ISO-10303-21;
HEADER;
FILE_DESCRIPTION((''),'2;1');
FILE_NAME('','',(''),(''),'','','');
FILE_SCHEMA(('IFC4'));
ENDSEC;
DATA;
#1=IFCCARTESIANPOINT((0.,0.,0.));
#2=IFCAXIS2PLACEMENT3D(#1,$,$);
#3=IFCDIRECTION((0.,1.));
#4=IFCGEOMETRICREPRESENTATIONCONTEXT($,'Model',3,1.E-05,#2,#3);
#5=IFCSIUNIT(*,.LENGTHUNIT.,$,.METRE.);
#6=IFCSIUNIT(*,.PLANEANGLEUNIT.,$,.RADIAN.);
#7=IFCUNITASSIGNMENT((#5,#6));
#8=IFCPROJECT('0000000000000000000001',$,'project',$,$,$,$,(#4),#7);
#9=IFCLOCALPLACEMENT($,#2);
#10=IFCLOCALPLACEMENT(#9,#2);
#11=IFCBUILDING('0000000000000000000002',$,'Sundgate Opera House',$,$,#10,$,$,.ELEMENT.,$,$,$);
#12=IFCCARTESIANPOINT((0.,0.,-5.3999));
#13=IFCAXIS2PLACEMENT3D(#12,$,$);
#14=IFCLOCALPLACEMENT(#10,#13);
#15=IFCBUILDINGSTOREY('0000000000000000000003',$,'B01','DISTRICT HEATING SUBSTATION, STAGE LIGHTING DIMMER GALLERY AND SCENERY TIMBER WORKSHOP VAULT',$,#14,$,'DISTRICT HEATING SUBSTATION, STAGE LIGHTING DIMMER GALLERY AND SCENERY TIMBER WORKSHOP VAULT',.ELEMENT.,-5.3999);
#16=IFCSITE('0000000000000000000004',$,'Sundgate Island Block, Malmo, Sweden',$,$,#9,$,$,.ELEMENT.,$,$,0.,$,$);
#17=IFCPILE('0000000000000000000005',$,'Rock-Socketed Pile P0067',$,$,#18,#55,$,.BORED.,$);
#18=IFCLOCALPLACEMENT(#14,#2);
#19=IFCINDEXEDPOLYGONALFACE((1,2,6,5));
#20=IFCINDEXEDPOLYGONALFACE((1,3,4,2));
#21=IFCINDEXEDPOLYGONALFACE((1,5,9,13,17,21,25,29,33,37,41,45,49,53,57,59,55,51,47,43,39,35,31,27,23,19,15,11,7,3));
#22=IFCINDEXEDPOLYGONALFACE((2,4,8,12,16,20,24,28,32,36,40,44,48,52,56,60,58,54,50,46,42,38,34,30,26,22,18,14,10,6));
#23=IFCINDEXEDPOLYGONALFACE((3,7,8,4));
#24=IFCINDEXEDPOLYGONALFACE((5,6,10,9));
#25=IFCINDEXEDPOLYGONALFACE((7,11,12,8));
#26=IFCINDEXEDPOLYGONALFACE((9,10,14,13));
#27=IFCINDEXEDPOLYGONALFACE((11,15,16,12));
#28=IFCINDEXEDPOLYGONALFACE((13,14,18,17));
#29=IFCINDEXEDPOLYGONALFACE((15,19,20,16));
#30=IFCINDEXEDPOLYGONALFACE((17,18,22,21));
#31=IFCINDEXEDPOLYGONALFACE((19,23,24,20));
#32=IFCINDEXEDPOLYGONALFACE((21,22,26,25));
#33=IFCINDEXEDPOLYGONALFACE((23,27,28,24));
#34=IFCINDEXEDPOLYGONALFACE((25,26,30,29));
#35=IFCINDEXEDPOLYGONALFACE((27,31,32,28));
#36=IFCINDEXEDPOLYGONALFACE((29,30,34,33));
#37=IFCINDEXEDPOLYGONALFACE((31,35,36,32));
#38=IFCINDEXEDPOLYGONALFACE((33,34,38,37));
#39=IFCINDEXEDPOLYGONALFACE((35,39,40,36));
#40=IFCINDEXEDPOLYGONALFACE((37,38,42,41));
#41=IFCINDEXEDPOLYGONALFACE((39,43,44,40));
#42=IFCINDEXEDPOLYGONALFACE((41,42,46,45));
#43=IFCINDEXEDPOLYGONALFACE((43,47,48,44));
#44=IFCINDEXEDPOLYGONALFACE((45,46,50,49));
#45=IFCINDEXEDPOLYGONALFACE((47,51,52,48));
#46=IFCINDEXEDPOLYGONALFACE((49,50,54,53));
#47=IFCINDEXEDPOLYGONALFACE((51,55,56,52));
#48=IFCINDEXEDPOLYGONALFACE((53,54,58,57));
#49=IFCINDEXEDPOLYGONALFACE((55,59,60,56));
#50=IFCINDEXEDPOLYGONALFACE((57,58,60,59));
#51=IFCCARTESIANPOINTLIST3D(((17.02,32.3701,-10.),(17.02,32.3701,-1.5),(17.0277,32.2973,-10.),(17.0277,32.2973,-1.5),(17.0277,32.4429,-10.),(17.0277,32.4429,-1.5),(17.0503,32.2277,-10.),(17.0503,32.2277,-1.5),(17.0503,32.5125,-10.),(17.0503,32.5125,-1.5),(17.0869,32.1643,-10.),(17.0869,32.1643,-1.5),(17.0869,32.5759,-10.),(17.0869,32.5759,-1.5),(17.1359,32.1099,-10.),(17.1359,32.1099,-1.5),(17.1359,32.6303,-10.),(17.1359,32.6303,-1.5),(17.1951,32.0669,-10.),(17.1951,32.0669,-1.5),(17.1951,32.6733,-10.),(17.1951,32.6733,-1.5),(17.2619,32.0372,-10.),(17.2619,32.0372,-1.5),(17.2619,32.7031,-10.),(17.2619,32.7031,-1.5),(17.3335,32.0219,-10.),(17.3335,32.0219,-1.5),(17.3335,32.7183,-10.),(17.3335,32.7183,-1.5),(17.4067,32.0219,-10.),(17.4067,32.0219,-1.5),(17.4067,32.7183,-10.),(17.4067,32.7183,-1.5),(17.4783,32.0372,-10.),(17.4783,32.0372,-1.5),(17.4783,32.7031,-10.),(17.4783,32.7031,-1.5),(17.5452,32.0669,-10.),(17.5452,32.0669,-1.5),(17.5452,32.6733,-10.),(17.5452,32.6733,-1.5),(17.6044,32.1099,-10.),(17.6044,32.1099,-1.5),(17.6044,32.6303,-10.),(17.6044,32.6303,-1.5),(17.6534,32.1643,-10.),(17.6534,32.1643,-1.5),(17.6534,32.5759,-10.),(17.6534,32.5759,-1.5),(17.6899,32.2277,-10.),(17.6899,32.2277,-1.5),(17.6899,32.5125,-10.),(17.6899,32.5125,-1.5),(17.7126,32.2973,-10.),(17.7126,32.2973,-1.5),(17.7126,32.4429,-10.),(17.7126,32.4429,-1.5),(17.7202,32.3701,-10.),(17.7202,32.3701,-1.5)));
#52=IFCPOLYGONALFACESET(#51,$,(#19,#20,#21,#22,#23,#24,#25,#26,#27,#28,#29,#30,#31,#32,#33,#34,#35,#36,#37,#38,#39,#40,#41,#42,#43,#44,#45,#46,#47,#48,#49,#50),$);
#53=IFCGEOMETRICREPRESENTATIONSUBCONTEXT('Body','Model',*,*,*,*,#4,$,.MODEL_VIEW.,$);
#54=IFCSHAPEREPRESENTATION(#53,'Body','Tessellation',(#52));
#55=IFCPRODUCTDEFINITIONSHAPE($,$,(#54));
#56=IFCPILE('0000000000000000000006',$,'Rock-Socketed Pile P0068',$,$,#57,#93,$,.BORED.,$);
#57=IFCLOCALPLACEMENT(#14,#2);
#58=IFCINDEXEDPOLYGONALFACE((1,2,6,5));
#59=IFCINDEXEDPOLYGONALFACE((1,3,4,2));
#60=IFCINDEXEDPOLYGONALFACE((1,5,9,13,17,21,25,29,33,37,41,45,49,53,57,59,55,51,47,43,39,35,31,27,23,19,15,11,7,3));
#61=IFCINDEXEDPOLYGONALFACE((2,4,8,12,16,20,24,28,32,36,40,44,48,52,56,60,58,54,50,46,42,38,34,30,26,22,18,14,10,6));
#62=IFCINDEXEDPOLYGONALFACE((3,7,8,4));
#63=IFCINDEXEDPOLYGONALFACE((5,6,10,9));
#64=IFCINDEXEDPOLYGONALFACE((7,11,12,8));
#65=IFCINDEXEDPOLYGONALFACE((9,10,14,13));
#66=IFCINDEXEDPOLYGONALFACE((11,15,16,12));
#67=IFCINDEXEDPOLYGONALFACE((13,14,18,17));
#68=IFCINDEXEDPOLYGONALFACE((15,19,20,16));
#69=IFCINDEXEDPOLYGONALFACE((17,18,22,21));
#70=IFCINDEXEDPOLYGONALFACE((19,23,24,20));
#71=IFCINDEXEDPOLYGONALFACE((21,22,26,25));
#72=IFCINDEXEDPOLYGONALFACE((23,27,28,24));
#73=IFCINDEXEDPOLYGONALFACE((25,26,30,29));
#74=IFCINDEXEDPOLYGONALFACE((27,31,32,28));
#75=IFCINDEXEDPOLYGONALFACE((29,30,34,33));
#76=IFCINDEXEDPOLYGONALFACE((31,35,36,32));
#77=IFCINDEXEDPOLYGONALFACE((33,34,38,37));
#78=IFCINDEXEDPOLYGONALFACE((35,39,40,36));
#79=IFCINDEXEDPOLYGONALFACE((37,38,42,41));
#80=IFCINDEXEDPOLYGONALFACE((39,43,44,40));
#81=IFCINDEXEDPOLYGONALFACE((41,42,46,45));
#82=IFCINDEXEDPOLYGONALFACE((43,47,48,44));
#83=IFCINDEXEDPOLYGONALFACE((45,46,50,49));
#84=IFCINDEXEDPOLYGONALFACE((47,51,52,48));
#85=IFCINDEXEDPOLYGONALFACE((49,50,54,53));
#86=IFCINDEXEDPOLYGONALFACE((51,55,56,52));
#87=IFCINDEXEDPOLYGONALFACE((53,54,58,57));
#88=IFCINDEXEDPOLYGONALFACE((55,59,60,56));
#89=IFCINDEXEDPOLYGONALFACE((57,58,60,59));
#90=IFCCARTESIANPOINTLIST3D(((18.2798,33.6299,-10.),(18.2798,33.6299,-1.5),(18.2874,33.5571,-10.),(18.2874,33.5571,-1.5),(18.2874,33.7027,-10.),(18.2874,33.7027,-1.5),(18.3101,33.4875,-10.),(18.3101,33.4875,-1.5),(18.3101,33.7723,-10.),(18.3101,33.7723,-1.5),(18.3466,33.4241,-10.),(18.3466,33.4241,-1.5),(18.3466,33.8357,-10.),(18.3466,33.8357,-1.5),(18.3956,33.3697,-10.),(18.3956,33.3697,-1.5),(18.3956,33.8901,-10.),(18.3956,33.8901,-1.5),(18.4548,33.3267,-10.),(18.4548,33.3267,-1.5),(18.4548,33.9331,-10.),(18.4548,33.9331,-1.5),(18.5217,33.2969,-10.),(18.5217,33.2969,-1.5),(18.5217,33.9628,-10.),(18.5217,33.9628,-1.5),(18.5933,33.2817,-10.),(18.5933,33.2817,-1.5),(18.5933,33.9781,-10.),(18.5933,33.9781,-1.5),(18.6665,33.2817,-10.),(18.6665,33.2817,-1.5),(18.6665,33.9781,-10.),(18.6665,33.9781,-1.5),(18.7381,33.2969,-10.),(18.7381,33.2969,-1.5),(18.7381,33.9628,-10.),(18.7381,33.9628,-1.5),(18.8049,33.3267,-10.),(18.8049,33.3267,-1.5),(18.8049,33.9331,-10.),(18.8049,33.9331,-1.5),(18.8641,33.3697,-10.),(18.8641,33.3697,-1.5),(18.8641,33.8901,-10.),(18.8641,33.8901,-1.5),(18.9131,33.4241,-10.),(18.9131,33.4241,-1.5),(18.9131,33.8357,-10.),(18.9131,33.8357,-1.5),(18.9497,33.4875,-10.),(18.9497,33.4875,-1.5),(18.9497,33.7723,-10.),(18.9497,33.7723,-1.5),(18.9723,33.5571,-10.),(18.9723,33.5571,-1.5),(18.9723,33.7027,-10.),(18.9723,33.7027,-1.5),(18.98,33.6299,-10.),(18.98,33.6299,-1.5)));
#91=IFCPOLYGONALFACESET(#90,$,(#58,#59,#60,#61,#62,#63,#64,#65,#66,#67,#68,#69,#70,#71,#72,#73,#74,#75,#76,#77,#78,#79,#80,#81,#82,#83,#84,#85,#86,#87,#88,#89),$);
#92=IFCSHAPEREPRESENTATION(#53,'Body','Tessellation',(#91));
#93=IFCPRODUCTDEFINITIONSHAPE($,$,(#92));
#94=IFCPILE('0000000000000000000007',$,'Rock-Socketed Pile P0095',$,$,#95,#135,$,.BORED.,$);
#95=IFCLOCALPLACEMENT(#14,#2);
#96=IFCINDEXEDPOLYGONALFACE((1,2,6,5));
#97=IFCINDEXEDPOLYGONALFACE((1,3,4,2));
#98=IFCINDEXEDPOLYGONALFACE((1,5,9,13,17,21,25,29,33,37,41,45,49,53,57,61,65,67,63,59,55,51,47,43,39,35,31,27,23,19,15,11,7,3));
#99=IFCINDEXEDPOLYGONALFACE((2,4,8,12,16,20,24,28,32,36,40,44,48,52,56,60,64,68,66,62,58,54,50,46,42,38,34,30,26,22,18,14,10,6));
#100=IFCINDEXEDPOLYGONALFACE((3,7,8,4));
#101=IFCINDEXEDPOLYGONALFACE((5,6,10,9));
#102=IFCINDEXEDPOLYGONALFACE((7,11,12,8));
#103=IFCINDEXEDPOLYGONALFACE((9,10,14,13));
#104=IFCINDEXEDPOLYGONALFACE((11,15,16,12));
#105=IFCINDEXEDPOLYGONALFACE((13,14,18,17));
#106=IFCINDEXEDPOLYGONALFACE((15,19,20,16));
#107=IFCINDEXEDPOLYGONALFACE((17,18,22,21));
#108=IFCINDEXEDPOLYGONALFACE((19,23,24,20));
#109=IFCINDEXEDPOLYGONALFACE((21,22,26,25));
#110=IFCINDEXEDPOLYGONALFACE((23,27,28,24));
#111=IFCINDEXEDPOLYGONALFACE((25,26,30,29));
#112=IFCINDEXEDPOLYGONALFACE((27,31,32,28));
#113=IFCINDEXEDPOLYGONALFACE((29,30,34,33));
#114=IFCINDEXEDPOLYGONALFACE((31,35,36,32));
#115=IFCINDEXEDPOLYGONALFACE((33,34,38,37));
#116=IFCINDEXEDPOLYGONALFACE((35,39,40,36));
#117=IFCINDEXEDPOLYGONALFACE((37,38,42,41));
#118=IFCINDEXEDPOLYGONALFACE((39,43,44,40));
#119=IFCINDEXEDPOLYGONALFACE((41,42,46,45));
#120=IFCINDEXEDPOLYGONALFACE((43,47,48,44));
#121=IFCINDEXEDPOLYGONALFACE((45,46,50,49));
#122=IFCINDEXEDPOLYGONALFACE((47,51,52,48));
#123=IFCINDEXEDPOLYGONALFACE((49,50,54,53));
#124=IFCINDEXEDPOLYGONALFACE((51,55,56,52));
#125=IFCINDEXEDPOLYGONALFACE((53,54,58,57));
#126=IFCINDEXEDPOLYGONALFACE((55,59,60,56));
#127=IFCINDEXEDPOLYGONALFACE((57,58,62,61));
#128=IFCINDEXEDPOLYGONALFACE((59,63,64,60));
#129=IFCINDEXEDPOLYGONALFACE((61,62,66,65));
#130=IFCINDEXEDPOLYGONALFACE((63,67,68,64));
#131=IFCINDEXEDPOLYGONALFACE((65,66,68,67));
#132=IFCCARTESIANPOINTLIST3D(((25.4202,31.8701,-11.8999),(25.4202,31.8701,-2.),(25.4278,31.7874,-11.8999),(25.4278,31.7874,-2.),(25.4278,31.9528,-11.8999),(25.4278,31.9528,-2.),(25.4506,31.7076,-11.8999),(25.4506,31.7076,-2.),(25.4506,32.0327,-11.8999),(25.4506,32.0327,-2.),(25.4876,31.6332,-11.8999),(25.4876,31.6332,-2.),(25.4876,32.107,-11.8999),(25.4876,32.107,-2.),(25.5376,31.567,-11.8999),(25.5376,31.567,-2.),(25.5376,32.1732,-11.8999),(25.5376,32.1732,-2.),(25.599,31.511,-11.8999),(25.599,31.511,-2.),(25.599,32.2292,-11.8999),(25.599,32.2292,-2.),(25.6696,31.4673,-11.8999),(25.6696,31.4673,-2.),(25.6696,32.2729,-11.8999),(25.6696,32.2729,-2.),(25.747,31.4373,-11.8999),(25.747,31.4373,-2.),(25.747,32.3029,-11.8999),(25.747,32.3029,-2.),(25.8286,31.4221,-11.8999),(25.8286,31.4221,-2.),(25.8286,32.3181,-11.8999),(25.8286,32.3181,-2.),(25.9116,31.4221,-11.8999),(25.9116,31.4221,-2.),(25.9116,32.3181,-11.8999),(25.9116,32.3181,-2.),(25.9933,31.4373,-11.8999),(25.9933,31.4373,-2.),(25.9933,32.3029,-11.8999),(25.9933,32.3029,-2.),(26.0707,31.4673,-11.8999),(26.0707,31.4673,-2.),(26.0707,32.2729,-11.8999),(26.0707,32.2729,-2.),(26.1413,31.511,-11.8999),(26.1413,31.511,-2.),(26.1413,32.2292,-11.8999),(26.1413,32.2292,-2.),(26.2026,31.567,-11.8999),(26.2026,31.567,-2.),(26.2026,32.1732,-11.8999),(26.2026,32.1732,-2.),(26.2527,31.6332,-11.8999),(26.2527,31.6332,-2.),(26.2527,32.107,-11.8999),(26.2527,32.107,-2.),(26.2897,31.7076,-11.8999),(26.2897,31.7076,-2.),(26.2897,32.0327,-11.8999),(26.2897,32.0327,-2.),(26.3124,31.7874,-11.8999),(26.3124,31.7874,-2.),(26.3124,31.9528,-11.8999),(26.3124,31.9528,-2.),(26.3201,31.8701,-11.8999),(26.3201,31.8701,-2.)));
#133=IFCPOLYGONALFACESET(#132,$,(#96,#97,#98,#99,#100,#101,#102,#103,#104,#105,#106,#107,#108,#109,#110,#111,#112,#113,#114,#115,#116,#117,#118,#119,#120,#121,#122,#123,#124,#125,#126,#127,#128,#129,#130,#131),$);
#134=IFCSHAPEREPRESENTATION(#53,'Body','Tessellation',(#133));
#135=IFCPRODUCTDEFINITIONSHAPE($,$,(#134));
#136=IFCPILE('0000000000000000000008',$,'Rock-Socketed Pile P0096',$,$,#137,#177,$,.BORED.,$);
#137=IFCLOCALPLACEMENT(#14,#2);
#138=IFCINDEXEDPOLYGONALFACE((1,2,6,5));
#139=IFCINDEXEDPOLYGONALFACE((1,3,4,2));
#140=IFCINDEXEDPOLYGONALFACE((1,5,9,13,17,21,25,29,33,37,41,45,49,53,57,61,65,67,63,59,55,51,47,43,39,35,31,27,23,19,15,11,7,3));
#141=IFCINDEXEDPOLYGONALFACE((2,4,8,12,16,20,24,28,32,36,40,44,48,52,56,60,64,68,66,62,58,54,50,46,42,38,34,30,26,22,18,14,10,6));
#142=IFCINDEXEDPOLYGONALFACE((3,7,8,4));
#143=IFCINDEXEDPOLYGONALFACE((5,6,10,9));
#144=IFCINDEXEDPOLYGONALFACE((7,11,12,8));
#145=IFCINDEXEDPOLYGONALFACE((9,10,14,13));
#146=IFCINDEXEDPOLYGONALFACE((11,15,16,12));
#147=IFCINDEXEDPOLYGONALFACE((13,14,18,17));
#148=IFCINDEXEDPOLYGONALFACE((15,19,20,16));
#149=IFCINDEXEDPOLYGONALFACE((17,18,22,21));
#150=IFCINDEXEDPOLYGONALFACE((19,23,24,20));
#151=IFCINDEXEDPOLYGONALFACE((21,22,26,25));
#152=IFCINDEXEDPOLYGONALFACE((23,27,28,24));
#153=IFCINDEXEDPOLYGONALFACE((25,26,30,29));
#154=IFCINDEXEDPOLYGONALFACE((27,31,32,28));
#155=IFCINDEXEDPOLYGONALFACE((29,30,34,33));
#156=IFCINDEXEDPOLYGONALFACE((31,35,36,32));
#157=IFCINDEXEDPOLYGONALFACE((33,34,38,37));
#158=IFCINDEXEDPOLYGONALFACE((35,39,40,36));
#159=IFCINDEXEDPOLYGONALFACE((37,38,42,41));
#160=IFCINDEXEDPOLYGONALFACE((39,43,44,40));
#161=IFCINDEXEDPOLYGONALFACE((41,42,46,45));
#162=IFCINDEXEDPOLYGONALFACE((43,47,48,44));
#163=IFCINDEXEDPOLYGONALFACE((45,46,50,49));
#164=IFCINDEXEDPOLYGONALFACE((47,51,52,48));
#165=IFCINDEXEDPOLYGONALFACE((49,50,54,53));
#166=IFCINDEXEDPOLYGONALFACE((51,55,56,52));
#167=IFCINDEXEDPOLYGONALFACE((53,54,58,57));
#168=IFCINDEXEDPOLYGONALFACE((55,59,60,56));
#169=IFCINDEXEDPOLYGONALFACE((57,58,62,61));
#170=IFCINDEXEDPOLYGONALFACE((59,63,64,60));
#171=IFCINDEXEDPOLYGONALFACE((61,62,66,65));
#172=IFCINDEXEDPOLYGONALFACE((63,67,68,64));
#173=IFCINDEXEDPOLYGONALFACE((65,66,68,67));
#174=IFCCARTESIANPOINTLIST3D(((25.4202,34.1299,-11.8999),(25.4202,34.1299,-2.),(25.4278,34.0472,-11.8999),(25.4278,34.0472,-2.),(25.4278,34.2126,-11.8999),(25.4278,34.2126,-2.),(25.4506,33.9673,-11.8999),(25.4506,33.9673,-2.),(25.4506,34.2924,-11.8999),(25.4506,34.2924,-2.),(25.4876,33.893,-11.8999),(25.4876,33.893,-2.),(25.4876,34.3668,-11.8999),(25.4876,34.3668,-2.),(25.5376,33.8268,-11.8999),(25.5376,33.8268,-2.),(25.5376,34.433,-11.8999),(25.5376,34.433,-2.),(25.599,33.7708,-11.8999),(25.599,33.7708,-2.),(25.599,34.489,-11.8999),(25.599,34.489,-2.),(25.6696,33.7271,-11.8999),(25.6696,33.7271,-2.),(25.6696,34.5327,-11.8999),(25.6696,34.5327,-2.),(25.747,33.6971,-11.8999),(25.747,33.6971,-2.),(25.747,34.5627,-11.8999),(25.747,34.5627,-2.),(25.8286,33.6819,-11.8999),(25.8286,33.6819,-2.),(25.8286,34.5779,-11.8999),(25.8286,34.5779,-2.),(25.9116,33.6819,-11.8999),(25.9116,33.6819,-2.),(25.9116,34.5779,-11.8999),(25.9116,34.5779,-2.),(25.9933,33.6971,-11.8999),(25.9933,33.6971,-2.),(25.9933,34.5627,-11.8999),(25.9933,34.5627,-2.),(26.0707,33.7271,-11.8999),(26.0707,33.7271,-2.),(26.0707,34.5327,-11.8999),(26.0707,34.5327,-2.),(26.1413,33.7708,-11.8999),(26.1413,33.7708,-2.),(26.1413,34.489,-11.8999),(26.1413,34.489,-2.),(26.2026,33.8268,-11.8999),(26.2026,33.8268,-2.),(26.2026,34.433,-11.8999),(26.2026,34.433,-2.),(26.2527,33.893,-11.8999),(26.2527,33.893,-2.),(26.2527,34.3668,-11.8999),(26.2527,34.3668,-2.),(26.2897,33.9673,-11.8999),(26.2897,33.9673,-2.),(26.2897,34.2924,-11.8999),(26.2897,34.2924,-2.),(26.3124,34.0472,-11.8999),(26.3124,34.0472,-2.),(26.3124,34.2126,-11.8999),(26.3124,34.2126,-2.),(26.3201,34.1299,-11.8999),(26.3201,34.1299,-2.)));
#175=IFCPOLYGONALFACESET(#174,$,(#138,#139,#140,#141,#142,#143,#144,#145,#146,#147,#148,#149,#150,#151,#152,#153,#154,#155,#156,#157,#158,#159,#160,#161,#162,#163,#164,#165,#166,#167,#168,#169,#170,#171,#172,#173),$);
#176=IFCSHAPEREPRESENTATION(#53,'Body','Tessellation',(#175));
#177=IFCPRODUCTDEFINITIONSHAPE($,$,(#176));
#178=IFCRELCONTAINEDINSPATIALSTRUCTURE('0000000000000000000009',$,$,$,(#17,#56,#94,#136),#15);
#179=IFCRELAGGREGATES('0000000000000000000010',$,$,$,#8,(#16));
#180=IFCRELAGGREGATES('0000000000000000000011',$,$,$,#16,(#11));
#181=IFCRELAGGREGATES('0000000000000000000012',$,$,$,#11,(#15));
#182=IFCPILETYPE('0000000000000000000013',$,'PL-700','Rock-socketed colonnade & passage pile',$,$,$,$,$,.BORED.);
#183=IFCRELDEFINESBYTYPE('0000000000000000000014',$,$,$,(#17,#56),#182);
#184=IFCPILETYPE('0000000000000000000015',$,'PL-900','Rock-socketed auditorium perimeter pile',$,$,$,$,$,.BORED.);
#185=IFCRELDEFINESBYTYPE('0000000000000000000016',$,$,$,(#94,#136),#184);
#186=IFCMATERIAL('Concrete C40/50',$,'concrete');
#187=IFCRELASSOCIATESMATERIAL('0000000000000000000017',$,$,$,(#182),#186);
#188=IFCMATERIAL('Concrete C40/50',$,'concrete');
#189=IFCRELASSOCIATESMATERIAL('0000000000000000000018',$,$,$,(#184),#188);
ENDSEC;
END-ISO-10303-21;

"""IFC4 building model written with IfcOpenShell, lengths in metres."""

from ifc_helpers import new_model, si_unit, direction, frame, origin, origin_2d, place, context, subcontext, project, spatial, circle, extrude, material, material_profile, profile_set, type_object, element, save


model = new_model("IFC4")

# Units and contexts
model_context = context("Model", 3, precision=1e-05, world=origin(), true_north=direction((0.0, 1.0)))
body_context = subcontext(model_context, "Body", "Model", "MODEL_VIEW")
ifc_project = project(units=[si_unit("LENGTHUNIT", "METRE"), si_unit("PLANEANGLEUNIT", "RADIAN")], contexts=[model_context])

# Site, building, storey
site_placement = place(None, origin())
site = spatial("IfcSite", under=ifc_project, at=site_placement, Name="Sundgate Island Block, Malmo, Sweden", CompositionType="ELEMENT", RefElevation=0.0)
building_placement = place(site_placement, origin())
building = spatial("IfcBuilding", under=site, at=building_placement, Name="Sundgate Opera House", CompositionType="ELEMENT")
storey_placement = place(building_placement, frame((0.0, 0.0, -5.3999)))
storey = spatial("IfcBuildingStorey", under=building, at=storey_placement, Name="B01", Description="DISTRICT HEATING SUBSTATION, STAGE LIGHTING DIMMER GALLERY AND SCENERY TIMBER WORKSHOP VAULT", LongName="DISTRICT HEATING SUBSTATION, STAGE LIGHTING DIMMER GALLERY AND SCENERY TIMBER WORKSHOP VAULT", CompositionType="ELEMENT", Elevation=-5.3999)

# Piles
ifc_material_1 = material(Name="Concrete C40/50", Category="concrete")
ifc_material_profile_1 = material_profile(ifc_material_1, circle(Radius=0.3501, at=origin_2d()), Name="PILE D700")
ifc_profile_set_1 = profile_set([ifc_material_profile_1], Name="Concrete C40/50")
pile_type_1 = type_object("IfcPileType", Name="PL-700", Description="Rock-socketed colonnade & passage pile", PredefinedType="BORED", material=ifc_profile_set_1)
for number, where, z_axis, x_axis, name in (
    (1, (17.3701, 32.3701, -1.5), (0.0, 0.0, -1.0), (1.0, 0.0, 0.0), "Rock-Socketed Pile P0067"),
    (2, (18.6299, 33.6299, -1.5), (0.0, 0.0, -1.0), (1.0, 0.0, 0.0), "Rock-Socketed Pile P0068"),
):
    element("IfcPile", number, at=place(storey_placement, frame(where, z_axis=z_axis, x_axis=x_axis)), inside=storey, type_object=pile_type_1, Name=name, PredefinedType="BORED", context=body_context, shape_type="SweptSolid", body=[
        extrude(circle(Radius=0.3501, at=origin_2d()), origin(), (0.0, 0.0, 1.0), 8.5),
    ])
ifc_material_2 = material(Name="Concrete C40/50", Category="concrete")
ifc_material_profile_2 = material_profile(ifc_material_2, circle(Radius=0.45, at=origin_2d()), Name="PILE D900")
ifc_profile_set_2 = profile_set([ifc_material_profile_2], Name="Concrete C40/50")
pile_type_2 = type_object("IfcPileType", Name="PL-900", Description="Rock-socketed auditorium perimeter pile", PredefinedType="BORED", material=ifc_profile_set_2)
for number, where, z_axis, x_axis, name in (
    (3, (25.8701, 31.8701, -2.0), (0.0, 0.0, -1.0), (1.0, 0.0, 0.0), "Rock-Socketed Pile P0095"),
    (4, (25.8701, 34.1299, -2.0), (0.0, 0.0, -1.0), (1.0, 0.0, 0.0), "Rock-Socketed Pile P0096"),
):
    element("IfcPile", number, at=place(storey_placement, frame(where, z_axis=z_axis, x_axis=x_axis)), inside=storey, type_object=pile_type_2, Name=name, PredefinedType="BORED", context=body_context, shape_type="SweptSolid", body=[
        extrude(circle(Radius=0.45, at=origin_2d()), origin(), (0.0, 0.0, 1.0), 9.8999),
    ])

save(model, "model.ifc")
